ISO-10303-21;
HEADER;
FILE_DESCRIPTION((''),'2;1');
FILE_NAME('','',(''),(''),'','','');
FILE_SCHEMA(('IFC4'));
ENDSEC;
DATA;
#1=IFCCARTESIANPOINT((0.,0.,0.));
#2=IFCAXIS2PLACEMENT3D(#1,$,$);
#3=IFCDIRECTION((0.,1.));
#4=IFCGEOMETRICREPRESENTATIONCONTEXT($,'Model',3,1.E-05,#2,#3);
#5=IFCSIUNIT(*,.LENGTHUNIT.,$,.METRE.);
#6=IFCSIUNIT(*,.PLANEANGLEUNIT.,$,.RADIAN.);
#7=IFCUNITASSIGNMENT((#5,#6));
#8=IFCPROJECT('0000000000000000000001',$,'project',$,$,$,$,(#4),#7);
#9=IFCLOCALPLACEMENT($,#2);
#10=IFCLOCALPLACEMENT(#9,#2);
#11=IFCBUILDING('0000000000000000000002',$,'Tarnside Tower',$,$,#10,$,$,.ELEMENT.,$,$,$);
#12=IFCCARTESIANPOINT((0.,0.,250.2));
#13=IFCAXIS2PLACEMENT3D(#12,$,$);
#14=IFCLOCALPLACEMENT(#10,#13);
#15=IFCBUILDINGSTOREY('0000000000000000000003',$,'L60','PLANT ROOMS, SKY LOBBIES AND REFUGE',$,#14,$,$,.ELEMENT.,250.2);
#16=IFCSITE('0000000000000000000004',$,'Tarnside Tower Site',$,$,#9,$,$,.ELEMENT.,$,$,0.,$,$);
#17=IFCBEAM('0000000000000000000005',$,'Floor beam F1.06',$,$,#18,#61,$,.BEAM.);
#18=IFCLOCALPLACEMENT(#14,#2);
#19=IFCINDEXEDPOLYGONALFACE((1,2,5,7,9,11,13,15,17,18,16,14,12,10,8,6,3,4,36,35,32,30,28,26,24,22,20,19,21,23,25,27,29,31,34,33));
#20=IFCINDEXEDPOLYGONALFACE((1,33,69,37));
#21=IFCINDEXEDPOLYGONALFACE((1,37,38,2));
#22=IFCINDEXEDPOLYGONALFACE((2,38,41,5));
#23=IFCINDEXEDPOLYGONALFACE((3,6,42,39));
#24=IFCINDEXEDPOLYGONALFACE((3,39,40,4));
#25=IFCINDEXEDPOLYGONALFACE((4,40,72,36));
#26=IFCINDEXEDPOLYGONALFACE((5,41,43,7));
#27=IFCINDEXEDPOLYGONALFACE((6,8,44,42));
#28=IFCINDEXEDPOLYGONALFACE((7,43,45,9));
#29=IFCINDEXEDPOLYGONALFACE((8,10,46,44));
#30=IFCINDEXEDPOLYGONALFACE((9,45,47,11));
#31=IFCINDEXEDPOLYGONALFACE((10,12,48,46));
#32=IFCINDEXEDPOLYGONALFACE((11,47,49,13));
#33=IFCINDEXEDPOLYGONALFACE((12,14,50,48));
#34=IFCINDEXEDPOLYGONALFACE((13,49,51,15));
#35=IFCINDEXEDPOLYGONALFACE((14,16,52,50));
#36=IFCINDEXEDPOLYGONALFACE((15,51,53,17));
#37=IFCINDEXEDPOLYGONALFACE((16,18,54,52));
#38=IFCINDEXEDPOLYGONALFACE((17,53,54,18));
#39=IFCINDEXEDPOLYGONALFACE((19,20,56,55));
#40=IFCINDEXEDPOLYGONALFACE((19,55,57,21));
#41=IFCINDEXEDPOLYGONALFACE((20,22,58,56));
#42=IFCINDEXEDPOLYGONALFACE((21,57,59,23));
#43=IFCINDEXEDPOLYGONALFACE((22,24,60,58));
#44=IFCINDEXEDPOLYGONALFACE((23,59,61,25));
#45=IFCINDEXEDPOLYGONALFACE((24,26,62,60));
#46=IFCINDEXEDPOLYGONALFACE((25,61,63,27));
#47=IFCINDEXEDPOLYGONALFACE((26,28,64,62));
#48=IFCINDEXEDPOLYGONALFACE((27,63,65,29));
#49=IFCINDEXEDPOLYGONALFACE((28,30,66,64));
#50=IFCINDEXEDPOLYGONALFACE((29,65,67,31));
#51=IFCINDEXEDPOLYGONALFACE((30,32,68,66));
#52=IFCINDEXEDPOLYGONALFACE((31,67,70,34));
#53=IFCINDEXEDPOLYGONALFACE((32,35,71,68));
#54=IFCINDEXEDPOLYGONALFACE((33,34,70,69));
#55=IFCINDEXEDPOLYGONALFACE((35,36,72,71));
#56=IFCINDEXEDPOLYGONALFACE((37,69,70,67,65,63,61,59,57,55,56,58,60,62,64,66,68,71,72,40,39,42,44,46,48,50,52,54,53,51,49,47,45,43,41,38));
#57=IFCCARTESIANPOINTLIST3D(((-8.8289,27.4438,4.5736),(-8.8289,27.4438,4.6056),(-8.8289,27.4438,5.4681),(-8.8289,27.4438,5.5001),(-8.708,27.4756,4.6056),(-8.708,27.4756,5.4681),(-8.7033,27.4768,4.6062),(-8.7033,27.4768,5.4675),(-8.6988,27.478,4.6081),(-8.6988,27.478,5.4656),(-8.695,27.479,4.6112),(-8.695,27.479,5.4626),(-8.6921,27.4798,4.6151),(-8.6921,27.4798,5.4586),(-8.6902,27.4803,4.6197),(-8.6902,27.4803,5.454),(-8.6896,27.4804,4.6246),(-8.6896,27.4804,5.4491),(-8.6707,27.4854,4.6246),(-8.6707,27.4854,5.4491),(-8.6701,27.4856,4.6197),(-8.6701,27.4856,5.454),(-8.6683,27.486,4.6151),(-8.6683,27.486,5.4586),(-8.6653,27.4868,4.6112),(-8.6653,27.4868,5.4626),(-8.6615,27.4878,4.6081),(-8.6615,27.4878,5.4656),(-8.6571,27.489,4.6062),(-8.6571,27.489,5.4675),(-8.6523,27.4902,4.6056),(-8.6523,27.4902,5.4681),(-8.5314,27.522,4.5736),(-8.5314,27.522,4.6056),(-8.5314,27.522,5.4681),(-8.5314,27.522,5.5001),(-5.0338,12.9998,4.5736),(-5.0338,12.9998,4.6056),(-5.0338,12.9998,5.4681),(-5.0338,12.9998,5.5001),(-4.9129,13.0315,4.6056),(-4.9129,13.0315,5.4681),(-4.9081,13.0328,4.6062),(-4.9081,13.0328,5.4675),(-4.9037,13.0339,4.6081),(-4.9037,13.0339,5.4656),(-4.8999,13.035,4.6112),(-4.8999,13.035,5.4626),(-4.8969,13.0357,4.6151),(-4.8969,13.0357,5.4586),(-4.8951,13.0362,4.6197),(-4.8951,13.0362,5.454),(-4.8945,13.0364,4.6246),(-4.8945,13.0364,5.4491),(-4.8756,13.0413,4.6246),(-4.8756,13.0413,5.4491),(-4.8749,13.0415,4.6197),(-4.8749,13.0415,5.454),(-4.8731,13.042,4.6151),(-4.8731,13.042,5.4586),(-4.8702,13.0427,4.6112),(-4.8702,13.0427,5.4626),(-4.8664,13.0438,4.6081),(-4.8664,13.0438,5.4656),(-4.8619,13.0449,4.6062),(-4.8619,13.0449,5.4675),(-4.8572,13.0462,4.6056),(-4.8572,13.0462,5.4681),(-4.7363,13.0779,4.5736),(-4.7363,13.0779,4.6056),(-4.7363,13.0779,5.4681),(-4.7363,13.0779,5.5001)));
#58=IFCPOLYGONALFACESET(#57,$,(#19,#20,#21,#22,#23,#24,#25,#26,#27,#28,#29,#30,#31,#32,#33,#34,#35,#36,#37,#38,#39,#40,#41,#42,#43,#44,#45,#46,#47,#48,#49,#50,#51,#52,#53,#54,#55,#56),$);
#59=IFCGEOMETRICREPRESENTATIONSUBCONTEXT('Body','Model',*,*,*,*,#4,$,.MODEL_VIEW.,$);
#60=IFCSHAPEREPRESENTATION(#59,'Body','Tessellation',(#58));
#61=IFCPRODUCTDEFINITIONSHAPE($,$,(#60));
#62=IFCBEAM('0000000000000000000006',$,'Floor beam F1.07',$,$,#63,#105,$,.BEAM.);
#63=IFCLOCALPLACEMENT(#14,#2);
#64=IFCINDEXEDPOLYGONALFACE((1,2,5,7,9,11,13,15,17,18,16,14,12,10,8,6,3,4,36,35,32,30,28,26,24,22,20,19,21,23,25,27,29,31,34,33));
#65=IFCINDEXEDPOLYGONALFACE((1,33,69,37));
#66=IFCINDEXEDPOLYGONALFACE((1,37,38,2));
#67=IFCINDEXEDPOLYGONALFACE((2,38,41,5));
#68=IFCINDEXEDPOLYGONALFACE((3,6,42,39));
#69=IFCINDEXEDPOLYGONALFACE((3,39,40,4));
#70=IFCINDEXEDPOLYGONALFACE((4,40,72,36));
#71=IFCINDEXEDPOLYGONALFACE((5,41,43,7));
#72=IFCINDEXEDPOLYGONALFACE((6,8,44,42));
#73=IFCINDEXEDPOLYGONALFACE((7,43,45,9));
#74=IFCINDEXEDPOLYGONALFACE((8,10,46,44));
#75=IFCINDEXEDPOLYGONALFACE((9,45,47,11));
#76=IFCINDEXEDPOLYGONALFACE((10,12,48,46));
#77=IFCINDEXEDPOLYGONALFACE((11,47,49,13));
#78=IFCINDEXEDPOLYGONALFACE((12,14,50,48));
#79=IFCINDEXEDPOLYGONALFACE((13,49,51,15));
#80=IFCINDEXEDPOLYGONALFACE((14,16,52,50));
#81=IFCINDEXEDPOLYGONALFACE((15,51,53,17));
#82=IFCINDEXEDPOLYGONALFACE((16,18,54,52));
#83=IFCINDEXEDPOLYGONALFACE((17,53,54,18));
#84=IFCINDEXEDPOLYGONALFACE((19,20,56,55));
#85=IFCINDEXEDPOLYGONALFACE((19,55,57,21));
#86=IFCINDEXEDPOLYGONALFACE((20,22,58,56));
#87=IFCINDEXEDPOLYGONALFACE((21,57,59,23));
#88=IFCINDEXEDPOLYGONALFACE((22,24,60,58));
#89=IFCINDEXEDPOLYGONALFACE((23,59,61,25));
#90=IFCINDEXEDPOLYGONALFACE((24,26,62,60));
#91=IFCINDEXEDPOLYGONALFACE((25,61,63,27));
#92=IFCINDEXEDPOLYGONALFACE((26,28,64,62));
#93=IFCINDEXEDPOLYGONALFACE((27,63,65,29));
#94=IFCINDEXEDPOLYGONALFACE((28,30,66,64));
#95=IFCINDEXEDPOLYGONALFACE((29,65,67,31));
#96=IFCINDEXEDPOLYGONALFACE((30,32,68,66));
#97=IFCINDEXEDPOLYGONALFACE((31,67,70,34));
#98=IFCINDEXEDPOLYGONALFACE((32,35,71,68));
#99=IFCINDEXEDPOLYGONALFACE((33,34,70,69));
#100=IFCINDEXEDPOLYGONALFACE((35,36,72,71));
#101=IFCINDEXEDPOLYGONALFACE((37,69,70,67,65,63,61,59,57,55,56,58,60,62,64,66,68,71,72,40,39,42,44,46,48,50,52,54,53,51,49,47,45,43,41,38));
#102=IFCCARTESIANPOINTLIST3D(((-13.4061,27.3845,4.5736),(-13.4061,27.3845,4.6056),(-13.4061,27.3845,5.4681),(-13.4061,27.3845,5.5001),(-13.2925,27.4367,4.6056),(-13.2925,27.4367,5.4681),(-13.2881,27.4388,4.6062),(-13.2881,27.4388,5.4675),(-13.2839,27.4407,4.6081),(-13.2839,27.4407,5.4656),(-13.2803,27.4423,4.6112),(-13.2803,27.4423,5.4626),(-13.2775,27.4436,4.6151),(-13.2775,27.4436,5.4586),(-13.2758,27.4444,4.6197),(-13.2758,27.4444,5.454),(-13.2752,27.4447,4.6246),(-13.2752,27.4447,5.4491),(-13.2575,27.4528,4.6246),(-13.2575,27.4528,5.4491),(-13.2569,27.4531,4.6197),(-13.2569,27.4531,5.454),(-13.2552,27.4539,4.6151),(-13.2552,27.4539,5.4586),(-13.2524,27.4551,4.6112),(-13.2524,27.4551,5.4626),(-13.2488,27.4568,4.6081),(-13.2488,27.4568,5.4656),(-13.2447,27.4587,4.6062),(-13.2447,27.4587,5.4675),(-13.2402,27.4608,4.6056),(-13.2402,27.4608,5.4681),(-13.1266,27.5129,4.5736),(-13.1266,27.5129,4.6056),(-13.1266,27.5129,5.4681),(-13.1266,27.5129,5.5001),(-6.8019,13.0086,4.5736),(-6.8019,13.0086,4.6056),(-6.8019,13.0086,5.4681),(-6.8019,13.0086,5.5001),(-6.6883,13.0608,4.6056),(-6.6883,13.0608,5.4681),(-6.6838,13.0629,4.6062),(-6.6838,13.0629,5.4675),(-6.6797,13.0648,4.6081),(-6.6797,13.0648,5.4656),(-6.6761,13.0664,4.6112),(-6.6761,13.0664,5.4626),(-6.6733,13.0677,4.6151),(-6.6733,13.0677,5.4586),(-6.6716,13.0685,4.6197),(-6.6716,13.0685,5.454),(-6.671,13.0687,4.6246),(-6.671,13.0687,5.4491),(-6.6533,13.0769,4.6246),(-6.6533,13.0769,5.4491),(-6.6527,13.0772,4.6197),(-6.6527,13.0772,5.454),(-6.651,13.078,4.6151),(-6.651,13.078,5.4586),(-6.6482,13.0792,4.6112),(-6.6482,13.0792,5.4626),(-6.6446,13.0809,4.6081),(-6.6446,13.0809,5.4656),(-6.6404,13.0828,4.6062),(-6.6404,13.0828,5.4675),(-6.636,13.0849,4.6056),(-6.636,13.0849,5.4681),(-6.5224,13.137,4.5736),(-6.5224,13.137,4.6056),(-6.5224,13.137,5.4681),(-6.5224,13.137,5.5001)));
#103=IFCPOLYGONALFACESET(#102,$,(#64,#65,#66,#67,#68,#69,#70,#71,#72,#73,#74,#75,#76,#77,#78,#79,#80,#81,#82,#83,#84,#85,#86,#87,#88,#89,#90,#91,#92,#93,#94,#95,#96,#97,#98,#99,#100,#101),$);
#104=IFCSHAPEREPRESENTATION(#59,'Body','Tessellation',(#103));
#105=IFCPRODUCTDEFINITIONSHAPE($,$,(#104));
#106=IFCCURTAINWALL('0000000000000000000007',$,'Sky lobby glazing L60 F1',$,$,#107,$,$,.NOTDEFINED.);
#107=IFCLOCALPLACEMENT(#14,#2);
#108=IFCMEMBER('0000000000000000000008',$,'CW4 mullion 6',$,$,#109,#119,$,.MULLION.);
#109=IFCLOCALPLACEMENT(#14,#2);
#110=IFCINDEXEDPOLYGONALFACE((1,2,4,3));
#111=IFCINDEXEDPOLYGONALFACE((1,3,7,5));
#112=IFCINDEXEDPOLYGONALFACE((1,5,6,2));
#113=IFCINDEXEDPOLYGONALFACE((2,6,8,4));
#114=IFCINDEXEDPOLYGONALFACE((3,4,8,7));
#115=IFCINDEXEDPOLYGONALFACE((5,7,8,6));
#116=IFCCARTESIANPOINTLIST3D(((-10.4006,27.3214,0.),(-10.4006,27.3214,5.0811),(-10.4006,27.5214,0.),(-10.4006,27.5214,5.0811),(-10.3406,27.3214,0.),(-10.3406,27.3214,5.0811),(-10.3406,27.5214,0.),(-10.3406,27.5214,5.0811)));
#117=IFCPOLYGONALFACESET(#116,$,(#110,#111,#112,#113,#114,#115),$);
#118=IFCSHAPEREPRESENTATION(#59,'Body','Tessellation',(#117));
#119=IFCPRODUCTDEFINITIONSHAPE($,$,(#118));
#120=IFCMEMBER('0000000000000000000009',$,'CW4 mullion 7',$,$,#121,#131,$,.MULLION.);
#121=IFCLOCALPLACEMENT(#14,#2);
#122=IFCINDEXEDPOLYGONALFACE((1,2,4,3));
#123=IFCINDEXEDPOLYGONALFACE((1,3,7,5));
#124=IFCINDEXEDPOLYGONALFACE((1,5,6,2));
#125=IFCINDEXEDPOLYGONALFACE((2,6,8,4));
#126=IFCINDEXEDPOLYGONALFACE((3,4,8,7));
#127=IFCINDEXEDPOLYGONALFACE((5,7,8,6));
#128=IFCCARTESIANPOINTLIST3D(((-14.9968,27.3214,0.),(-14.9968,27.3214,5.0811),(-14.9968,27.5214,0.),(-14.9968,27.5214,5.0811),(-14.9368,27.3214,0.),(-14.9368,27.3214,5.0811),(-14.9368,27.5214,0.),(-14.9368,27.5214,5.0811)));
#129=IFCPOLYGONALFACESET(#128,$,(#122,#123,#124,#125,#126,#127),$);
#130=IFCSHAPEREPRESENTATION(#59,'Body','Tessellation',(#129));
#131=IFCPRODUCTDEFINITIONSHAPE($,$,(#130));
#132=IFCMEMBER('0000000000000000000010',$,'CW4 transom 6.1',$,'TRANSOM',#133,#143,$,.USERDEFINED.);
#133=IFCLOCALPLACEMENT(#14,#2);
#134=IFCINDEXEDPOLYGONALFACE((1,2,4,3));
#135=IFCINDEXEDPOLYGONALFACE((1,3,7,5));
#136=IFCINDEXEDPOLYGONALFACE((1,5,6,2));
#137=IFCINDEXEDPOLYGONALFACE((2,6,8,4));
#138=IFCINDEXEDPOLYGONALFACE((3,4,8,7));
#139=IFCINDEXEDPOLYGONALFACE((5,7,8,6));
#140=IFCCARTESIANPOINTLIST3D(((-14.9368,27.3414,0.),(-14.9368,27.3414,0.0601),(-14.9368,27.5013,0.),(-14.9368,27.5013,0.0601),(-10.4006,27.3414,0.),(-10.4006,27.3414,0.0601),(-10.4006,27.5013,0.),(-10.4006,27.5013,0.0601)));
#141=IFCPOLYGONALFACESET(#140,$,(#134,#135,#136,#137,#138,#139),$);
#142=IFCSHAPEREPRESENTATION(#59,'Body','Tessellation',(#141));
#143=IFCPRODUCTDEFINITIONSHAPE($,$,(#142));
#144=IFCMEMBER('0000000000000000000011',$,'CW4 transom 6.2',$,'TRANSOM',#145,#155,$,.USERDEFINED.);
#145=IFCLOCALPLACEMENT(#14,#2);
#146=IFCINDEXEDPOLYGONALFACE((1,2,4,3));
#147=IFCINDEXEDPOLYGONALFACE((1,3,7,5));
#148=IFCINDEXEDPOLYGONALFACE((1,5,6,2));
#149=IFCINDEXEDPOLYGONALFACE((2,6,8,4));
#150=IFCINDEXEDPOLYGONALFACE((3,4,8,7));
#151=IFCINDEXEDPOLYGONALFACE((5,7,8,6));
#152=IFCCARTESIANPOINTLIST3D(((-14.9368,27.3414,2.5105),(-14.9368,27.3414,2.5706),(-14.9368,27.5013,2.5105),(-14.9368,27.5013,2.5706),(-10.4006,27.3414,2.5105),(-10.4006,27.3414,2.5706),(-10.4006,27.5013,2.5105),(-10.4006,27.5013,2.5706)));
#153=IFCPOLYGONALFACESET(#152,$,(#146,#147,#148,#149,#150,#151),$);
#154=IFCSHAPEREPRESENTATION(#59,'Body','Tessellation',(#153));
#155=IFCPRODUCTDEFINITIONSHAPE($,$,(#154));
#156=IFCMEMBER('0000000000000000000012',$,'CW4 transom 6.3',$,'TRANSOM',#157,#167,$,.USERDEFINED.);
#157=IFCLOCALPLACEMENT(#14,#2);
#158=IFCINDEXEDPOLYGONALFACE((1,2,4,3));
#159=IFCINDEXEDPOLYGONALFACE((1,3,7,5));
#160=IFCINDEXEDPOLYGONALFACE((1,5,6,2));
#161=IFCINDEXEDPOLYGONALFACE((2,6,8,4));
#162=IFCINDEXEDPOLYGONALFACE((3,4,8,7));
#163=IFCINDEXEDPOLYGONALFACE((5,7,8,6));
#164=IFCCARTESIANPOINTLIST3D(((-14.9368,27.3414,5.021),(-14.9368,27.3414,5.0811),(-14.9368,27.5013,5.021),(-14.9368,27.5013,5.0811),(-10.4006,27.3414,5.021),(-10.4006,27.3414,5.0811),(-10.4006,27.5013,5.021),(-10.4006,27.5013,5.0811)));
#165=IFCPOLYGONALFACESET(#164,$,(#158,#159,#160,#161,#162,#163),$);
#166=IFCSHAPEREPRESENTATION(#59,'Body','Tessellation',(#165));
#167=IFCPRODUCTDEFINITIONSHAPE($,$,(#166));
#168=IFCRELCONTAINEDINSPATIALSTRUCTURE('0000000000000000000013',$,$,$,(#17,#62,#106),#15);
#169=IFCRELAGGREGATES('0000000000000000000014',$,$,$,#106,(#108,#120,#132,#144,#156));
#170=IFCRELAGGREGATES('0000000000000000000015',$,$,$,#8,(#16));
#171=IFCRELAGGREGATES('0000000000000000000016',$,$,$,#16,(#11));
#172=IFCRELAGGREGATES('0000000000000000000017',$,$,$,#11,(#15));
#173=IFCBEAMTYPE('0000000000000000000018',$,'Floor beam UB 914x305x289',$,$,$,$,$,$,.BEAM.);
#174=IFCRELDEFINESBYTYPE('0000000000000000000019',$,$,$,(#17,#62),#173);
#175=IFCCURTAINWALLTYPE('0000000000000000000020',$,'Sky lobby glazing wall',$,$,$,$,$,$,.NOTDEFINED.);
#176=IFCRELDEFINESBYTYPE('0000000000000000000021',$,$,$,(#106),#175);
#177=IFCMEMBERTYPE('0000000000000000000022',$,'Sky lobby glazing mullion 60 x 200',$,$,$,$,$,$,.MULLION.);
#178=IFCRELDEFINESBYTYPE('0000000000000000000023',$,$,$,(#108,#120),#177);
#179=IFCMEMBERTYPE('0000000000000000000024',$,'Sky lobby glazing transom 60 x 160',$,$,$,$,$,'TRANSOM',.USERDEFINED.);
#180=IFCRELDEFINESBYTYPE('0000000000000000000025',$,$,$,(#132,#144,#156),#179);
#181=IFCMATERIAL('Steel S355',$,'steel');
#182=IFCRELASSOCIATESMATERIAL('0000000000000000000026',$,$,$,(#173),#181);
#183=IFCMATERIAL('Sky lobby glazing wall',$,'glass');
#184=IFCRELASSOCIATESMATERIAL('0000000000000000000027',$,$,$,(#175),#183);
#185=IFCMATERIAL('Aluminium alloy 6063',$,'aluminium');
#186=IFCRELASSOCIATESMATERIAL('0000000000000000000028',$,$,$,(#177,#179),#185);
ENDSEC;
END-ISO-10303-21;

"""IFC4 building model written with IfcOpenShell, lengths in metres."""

from ifc_helpers import new_model, si_unit, direction, frame, origin, origin_2d, place, context, subcontext, project, spatial, rectangle, i_section, extrude, material, material_profile, profile_set, type_object, element, aggregate, save


model = new_model("IFC4")

# Units and contexts
model_context = context("Model", 3, precision=1e-05, world=origin(), true_north=direction((0.0, 1.0)))
body_context = subcontext(model_context, "Body", "Model", "MODEL_VIEW")
ifc_project = project(units=[si_unit("LENGTHUNIT", "METRE"), si_unit("PLANEANGLEUNIT", "RADIAN")], contexts=[model_context])

# Site, building, storey
site_placement = place(None, origin())
site = spatial("IfcSite", under=ifc_project, at=site_placement, Name="Tarnside Tower Site", CompositionType="ELEMENT", RefElevation=0.0)
building_placement = place(site_placement, origin())
building = spatial("IfcBuilding", under=site, at=building_placement, Name="Tarnside Tower", CompositionType="ELEMENT")
storey_placement = place(building_placement, frame((0.0, 0.0, 250.2)))
storey = spatial("IfcBuildingStorey", under=building, at=storey_placement, Name="L60", Description="PLANT ROOMS, SKY LOBBIES AND REFUGE", CompositionType="ELEMENT", Elevation=250.2)

# Beams
ifc_material_1 = material(Name="Steel S355", Category="steel")
ifc_material_profile_1 = material_profile(ifc_material_1, i_section(OverallWidth=0.3076, OverallDepth=0.9265, WebThickness=0.0195, FlangeThickness=0.032, FilletRadius=0.019, at=origin_2d()), Name="UB 914x305x289")
ifc_profile_set_1 = profile_set([ifc_material_profile_1], Name="Steel S355")
beam_type = type_object("IfcBeamType", Name="Floor beam UB 914x305x289", PredefinedType="BEAM", material=ifc_profile_set_1)
beam_1_placement = place(storey_placement, frame((-8.6802, 27.4829, 5.0369), z_axis=(0.254123, -0.967172, 0.0), x_axis=(0.967172, 0.254123, 0.0)))
element("IfcBeam", 1, at=beam_1_placement, inside=storey, type_object=beam_type, Name="Floor beam F1.06", PredefinedType="BEAM", context=body_context, shape_type="SweptSolid", body=[
    extrude(i_section(OverallWidth=0.3076, OverallDepth=0.9265, WebThickness=0.0195, FlangeThickness=0.032, FilletRadius=0.019, at=origin_2d()), origin(), (0.0, 0.0, 1.0), 14.9343),
])
beam_2_placement = place(storey_placement, frame((-13.2664, 27.4487, 5.0369), z_axis=(0.417452, -0.908699, 0.0), x_axis=(0.908699, 0.417452, 0.0)))
element("IfcBeam", 2, at=beam_2_placement, inside=storey, type_object=beam_type, Name="Floor beam F1.07", PredefinedType="BEAM", context=body_context, shape_type="SweptSolid", body=[
    extrude(i_section(OverallWidth=0.3076, OverallDepth=0.9265, WebThickness=0.0195, FlangeThickness=0.032, FilletRadius=0.019, at=origin_2d()), origin(), (0.0, 0.0, 1.0), 15.8203),
])

# Curtain wall, members
ifc_material_2 = material(Name="Sky lobby glazing wall", Category="glass")
curtain_wall_type = type_object("IfcCurtainWallType", Name="Sky lobby glazing wall", PredefinedType="NOTDEFINED", material=ifc_material_2)
curtain_wall_placement = place(storey_placement, origin())
curtain_wall = element("IfcCurtainWall", 3, at=curtain_wall_placement, inside=storey, type_object=curtain_wall_type, Name="Sky lobby glazing L60 F1", PredefinedType="NOTDEFINED")
ifc_material_3 = material(Name="Aluminium alloy 6063", Category="aluminium")
ifc_material_profile_2 = material_profile(ifc_material_3, rectangle(XDim=0.2, YDim=0.0601, at=origin_2d()), Name="Sky lobby glazing mullion 60 x 200")
ifc_profile_set_2 = profile_set([ifc_material_profile_2], Name="Aluminium alloy 6063")
member_type_1 = type_object("IfcMemberType", Name="Sky lobby glazing mullion 60 x 200", PredefinedType="MULLION", material=ifc_profile_set_2)
member_1_placement = place(storey_placement, frame((-10.3706, 27.4214, 0.0), z_axis=(0.0, 0.0, 1.0), x_axis=(0.0, -1.0, 0.0)))
member_1 = element("IfcMember", 4, at=member_1_placement, type_object=member_type_1, Name="CW4 mullion 6", PredefinedType="MULLION", context=body_context, shape_type="SweptSolid", body=[
    extrude(rectangle(XDim=0.2, YDim=0.0601, at=origin_2d()), origin(), (0.0, 0.0, 1.0), 5.0811),
])
member_2_placement = place(storey_placement, frame((-14.9668, 27.4214, 0.0), z_axis=(0.0, 0.0, 1.0), x_axis=(0.0, -1.0, 0.0)))
member_2 = element("IfcMember", 5, at=member_2_placement, type_object=member_type_1, Name="CW4 mullion 7", PredefinedType="MULLION", context=body_context, shape_type="SweptSolid", body=[
    extrude(rectangle(XDim=0.2, YDim=0.0601, at=origin_2d()), origin(), (0.0, 0.0, 1.0), 5.0811),
])
ifc_material_profile_3 = material_profile(ifc_material_3, rectangle(XDim=0.1599, YDim=0.0601, at=origin_2d()), Name="Sky lobby glazing transom 60 x 160")
ifc_profile_set_3 = profile_set([ifc_material_profile_3], Name="Aluminium alloy 6063")
member_type_2 = type_object("IfcMemberType", Name="Sky lobby glazing transom 60 x 160", ElementType="TRANSOM", PredefinedType="USERDEFINED", material=ifc_profile_set_3)
member_3_placement = place(storey_placement, frame((-10.4006, 27.4214, 0.03), z_axis=(-1.0, 0.0, 0.0), x_axis=(0.0, -1.0, 0.0)))
member_3 = element("IfcMember", 6, at=member_3_placement, type_object=member_type_2, Name="CW4 transom 6.1", ObjectType="TRANSOM", PredefinedType="USERDEFINED", context=body_context, shape_type="SweptSolid", body=[
    extrude(rectangle(XDim=0.1599, YDim=0.0601, at=origin_2d()), origin(), (0.0, 0.0, 1.0), 4.5361),
])
member_4_placement = place(storey_placement, frame((-10.4006, 27.4214, 2.5405), z_axis=(-1.0, 0.0, 0.0), x_axis=(0.0, -1.0, 0.0)))
member_4 = element("IfcMember", 7, at=member_4_placement, type_object=member_type_2, Name="CW4 transom 6.2", ObjectType="TRANSOM", PredefinedType="USERDEFINED", context=body_context, shape_type="SweptSolid", body=[
    extrude(rectangle(XDim=0.1599, YDim=0.0601, at=origin_2d()), origin(), (0.0, 0.0, 1.0), 4.5361),
])
member_5_placement = place(storey_placement, frame((-10.4006, 27.4214, 5.051), z_axis=(-1.0, 0.0, 0.0), x_axis=(0.0, -1.0, 0.0)))
member_5 = element("IfcMember", 8, at=member_5_placement, type_object=member_type_2, Name="CW4 transom 6.3", ObjectType="TRANSOM", PredefinedType="USERDEFINED", context=body_context, shape_type="SweptSolid", body=[
    extrude(rectangle(XDim=0.1599, YDim=0.0601, at=origin_2d()), origin(), (0.0, 0.0, 1.0), 4.5361),
])

aggregate(curtain_wall, [member_1, member_2, member_3, member_4, member_5])

save(model, "model.ifc")
